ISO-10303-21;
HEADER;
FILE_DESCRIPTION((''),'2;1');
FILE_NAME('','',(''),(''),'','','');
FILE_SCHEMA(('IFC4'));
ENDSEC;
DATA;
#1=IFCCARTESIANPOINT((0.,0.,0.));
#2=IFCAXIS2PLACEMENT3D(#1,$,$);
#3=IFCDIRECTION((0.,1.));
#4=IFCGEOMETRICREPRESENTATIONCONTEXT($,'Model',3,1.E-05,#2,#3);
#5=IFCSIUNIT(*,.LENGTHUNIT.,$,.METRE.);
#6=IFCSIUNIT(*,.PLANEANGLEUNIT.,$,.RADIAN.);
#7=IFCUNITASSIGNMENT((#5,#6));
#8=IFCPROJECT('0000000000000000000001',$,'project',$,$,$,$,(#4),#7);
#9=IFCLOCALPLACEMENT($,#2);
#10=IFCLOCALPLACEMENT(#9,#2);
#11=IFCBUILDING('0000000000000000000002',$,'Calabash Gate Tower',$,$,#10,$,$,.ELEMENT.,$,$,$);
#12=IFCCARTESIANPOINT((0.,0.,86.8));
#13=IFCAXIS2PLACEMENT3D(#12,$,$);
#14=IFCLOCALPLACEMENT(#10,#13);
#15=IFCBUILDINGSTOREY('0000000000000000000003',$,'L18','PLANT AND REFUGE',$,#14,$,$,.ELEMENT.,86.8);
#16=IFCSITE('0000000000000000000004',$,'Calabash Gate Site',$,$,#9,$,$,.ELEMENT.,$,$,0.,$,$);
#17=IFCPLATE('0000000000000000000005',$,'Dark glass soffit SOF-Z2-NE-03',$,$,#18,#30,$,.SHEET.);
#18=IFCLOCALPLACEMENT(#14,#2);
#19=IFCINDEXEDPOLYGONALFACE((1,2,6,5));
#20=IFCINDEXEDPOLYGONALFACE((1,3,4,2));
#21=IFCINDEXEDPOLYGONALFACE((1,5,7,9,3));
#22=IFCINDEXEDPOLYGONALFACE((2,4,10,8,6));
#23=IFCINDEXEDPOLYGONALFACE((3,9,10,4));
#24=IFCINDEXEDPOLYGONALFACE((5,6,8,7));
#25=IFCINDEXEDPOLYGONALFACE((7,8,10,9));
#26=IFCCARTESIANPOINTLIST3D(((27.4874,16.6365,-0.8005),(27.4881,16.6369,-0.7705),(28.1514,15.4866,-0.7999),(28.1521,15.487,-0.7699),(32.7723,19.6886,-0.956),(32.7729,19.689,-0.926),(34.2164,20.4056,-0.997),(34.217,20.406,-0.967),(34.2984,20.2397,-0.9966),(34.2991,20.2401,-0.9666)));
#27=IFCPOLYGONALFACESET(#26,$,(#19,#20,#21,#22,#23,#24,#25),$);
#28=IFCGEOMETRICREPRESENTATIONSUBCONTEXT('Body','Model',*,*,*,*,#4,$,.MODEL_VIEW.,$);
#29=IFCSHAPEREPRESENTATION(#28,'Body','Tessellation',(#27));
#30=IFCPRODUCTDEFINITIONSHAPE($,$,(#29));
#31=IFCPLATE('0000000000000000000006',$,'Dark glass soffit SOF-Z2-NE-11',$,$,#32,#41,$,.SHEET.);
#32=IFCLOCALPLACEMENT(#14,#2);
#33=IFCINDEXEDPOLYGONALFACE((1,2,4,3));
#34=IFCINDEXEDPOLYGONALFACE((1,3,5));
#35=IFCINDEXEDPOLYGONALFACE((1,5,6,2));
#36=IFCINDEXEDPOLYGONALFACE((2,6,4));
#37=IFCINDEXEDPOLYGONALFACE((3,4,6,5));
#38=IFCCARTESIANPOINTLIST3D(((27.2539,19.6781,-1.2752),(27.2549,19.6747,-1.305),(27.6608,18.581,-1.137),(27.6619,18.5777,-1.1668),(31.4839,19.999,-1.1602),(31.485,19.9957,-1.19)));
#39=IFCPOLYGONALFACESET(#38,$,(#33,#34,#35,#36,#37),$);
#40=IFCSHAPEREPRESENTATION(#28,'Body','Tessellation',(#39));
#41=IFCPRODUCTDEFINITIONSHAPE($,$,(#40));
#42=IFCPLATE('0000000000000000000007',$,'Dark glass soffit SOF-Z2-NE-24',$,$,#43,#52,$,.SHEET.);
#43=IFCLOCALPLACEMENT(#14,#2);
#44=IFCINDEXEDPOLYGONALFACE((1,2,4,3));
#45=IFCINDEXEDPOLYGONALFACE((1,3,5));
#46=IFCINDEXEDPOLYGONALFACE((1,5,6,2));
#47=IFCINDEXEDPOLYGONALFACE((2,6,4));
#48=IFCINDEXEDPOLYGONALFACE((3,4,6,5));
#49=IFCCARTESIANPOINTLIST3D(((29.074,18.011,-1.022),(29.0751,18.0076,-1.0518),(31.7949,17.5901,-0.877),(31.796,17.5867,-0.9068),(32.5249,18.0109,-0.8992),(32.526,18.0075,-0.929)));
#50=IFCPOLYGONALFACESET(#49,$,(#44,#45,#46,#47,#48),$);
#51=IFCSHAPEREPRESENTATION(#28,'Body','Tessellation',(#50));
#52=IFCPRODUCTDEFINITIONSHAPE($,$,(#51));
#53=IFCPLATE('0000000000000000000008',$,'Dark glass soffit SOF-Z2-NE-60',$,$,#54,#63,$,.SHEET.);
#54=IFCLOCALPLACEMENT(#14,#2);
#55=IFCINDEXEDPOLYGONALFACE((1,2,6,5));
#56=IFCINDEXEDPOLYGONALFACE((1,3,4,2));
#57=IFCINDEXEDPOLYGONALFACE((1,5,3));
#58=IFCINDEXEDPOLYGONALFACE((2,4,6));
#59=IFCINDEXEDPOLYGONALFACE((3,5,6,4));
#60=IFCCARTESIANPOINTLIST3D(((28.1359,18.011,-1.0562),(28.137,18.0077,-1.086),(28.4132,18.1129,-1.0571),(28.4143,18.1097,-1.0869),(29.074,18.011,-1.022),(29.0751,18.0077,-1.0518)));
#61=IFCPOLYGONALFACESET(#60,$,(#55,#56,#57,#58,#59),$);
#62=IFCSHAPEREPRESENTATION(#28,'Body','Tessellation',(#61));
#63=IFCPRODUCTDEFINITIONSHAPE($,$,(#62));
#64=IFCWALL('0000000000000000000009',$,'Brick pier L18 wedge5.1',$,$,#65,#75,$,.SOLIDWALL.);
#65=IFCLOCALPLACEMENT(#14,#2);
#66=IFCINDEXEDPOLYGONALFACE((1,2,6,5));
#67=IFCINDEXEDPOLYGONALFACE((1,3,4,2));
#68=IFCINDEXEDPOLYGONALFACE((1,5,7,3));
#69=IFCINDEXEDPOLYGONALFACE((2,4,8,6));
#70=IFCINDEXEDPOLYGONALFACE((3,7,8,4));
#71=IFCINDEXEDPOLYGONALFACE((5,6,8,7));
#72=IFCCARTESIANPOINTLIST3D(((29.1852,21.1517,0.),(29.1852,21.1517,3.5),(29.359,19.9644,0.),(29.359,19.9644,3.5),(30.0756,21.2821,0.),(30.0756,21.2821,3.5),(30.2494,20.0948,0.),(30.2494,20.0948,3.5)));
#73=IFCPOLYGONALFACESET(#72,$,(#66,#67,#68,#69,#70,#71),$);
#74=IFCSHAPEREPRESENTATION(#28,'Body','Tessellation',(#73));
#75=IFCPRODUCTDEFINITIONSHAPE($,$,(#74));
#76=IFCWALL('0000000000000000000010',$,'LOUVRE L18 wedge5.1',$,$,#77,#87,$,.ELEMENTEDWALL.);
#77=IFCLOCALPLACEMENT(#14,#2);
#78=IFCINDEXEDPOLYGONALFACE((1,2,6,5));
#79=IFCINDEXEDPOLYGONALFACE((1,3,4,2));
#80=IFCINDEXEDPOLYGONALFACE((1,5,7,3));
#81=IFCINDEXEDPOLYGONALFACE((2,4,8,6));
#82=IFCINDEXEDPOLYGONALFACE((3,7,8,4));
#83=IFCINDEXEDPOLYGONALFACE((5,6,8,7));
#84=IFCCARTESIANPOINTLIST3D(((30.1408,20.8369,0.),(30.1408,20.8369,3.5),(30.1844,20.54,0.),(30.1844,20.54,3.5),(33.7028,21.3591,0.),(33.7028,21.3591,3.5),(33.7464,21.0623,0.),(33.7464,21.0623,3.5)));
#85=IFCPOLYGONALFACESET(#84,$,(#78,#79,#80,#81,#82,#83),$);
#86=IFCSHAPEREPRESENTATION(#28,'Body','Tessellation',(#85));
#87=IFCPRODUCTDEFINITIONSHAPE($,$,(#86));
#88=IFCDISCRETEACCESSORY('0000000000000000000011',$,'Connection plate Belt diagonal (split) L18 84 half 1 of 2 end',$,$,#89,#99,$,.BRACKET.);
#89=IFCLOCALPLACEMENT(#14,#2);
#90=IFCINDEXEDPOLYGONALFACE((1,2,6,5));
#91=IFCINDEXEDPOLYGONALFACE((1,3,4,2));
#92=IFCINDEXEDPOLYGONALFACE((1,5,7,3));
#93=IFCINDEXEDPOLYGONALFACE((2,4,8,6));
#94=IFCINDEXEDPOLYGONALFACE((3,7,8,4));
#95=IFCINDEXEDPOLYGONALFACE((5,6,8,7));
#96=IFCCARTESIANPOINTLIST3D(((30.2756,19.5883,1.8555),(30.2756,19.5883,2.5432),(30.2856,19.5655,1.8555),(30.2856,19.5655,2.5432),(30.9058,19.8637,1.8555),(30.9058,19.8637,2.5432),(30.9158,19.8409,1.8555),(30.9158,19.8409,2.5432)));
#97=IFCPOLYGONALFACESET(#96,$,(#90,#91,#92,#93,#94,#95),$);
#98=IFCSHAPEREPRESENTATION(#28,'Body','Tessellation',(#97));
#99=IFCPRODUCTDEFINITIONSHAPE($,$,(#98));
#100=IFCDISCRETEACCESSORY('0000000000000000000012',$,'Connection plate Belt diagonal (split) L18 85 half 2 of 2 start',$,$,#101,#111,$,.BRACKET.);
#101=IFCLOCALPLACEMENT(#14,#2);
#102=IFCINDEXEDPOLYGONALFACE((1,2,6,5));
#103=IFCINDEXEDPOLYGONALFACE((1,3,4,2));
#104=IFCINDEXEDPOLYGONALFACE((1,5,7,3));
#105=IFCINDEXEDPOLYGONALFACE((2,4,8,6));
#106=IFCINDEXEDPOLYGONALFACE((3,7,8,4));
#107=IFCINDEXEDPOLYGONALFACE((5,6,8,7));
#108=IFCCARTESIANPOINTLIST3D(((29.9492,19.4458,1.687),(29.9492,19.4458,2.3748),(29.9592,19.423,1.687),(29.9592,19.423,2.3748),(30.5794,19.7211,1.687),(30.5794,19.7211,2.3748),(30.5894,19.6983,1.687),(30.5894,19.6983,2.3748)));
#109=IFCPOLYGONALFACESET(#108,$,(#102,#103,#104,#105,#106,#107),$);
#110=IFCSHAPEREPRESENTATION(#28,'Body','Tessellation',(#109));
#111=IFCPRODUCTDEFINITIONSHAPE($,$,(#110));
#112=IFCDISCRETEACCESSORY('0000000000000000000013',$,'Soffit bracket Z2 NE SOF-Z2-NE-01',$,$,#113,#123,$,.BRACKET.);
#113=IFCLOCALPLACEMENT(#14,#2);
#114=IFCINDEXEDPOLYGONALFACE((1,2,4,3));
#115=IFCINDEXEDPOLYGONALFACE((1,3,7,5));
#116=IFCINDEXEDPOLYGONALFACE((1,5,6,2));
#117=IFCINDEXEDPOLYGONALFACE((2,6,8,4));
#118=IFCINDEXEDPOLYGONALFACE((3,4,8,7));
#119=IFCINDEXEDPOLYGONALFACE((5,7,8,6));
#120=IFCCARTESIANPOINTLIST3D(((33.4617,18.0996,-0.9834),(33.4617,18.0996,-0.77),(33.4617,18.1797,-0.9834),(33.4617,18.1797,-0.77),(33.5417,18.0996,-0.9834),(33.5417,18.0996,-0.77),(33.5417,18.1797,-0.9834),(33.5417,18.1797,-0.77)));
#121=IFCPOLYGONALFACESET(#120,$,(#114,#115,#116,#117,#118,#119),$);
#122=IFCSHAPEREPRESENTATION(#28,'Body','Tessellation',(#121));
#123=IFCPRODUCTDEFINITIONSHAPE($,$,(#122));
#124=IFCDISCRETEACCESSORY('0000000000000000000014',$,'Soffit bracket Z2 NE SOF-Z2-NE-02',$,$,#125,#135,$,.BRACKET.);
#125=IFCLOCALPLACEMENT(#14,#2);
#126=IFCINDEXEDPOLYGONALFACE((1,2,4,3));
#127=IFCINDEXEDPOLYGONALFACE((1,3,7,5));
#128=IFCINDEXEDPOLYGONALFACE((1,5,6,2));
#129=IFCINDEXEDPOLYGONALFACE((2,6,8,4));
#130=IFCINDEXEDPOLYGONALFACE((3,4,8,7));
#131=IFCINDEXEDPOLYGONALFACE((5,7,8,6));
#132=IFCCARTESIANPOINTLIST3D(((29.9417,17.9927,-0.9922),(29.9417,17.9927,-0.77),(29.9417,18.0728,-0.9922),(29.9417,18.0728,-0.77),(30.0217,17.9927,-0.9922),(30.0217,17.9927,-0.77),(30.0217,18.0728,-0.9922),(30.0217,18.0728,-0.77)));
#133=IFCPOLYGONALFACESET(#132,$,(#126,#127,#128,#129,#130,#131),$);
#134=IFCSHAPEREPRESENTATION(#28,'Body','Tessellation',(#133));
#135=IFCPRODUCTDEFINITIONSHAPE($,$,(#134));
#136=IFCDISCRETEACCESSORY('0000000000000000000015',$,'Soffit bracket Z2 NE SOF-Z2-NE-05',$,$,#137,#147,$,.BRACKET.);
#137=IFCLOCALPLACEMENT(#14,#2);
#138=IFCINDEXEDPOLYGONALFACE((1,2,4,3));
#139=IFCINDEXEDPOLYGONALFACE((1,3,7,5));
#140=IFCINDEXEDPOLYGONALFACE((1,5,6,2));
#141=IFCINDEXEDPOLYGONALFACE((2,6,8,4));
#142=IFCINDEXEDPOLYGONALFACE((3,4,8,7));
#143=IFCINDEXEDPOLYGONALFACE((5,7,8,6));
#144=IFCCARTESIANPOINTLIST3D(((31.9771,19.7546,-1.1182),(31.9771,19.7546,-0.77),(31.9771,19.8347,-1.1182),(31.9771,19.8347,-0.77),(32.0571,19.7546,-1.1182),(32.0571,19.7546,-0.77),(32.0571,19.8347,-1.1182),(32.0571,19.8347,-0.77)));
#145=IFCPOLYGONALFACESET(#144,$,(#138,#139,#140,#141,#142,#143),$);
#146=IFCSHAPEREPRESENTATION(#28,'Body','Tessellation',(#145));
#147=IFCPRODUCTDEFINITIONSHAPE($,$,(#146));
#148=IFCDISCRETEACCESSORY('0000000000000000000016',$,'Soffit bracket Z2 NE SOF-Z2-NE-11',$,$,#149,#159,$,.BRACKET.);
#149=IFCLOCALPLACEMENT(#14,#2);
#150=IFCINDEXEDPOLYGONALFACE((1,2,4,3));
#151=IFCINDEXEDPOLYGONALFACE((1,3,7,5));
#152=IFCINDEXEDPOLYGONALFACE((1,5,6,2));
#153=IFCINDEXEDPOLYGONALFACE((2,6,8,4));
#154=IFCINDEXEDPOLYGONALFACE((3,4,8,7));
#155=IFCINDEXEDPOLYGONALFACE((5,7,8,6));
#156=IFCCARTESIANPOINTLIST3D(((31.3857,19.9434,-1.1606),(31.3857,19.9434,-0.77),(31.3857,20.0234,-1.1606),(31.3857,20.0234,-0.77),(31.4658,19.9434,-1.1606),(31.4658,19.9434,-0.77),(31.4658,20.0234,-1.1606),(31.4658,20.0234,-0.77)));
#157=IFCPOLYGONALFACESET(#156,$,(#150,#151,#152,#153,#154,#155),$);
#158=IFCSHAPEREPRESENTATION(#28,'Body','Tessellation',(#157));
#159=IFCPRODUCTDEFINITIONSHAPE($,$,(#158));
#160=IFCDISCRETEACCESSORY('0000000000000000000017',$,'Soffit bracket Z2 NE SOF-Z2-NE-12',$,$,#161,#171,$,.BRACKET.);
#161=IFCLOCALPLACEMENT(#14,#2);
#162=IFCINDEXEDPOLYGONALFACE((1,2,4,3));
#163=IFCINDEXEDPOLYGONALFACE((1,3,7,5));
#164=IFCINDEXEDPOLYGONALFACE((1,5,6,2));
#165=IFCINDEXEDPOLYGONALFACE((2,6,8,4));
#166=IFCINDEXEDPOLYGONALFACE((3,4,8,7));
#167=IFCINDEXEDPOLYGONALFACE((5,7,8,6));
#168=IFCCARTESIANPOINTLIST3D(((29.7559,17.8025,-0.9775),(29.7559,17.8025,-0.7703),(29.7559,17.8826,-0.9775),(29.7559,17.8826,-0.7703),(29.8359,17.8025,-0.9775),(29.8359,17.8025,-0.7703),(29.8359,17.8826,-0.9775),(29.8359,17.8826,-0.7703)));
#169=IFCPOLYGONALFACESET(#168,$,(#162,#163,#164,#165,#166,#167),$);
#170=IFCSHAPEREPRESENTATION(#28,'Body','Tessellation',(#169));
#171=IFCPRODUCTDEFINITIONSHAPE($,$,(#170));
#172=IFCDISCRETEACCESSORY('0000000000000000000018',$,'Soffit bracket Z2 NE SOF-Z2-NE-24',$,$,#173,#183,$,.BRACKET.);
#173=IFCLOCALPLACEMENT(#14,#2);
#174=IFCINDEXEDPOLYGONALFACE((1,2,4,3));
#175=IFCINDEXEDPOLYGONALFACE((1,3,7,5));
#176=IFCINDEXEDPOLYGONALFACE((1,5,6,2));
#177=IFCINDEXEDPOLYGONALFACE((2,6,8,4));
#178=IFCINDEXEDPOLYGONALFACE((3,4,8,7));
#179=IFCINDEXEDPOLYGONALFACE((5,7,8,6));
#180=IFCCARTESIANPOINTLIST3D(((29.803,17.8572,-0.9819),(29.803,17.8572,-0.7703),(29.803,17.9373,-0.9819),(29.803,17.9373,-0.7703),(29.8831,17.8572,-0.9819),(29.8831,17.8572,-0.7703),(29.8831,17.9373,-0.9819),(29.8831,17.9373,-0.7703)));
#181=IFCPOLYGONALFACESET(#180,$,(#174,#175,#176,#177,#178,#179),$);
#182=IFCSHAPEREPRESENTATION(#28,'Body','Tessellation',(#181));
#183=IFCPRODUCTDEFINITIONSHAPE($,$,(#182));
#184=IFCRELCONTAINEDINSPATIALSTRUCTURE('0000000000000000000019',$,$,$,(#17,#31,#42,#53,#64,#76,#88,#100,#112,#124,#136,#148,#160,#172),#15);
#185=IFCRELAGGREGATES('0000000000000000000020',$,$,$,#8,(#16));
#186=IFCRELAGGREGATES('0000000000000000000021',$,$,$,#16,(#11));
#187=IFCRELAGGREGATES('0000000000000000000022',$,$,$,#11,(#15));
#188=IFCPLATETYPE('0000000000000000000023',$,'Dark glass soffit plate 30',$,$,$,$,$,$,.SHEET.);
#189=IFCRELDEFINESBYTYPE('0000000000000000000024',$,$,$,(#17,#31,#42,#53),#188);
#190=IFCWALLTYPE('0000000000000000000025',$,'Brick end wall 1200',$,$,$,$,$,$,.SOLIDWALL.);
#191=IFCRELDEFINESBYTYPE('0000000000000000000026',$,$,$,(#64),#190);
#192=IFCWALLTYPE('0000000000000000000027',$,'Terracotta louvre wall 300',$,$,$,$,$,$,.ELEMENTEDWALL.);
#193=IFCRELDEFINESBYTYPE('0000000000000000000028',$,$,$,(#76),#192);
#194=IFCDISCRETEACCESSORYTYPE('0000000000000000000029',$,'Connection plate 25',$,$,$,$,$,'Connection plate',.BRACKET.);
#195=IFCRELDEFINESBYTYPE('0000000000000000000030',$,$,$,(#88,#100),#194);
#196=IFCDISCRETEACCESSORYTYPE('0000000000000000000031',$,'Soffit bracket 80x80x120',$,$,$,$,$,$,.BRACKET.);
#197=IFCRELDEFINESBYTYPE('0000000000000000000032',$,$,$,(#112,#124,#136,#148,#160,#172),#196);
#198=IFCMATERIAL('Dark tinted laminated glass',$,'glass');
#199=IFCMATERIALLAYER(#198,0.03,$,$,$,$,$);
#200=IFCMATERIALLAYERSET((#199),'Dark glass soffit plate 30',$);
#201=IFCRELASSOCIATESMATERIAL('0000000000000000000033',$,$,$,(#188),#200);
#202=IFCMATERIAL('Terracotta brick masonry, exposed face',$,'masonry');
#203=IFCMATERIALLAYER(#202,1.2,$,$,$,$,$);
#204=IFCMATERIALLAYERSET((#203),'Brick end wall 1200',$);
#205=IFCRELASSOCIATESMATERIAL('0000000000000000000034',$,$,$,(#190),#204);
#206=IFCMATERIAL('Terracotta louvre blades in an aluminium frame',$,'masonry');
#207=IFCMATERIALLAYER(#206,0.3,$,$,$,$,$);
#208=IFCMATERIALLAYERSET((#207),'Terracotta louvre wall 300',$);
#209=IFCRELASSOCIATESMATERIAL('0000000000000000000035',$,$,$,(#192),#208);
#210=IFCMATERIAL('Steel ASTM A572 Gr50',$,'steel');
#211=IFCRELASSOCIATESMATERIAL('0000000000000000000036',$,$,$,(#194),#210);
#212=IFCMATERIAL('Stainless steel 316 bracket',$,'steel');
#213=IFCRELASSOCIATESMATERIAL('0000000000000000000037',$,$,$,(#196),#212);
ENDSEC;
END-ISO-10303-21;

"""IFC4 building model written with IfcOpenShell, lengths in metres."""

from ifc_helpers import new_model, si_unit, direction, frame, frame_2d, origin, origin_2d, place, context, subcontext, project, spatial, polyline, rectangle, outline, extrude, material, layer, layer_set, type_object, element, save


model = new_model("IFC4")

# Units and contexts
model_context = context("Model", 3, precision=1e-05, world=origin(), true_north=direction((0.0, 1.0)))
body_context = subcontext(model_context, "Body", "Model", "MODEL_VIEW")
ifc_project = project(units=[si_unit("LENGTHUNIT", "METRE"), si_unit("PLANEANGLEUNIT", "RADIAN")], contexts=[model_context])

# Site, building, storey
site_placement = place(None, origin())
site = spatial("IfcSite", under=ifc_project, at=site_placement, Name="Calabash Gate Site", CompositionType="ELEMENT", RefElevation=0.0)
building_placement = place(site_placement, origin())
building = spatial("IfcBuilding", under=site, at=building_placement, Name="Calabash Gate Tower", CompositionType="ELEMENT")
storey_placement = place(building_placement, frame((0.0, 0.0, 86.8)))
storey = spatial("IfcBuildingStorey", under=building, at=storey_placement, Name="L18", Description="PLANT AND REFUGE", CompositionType="ELEMENT", Elevation=86.8)

# Plates
ifc_material_1 = material(Name="Dark tinted laminated glass", Category="glass")
ifc_layer_1 = layer(ifc_material_1, 0.03)
ifc_layer_set_1 = layer_set([ifc_layer_1], Name="Dark glass soffit plate 30")
plate_type = type_object("IfcPlateType", Name="Dark glass soffit plate 30", PredefinedType="SHEET", material=ifc_layer_set_1)
plate_1_placement = place(storey_placement, frame((32.7729, 19.689, -0.926), z_axis=(0.021819, 0.013154, 0.999675), x_axis=(0.895377, 0.444585, -0.025393)))
element("IfcPlate", 1, at=plate_1_placement, inside=storey, type_object=plate_type, Name="Dark glass soffit SOF-Z2-NE-03", PredefinedType="SHEET", context=body_context, shape_type="SweptSolid", body=[
    extrude(outline(polyline([(0.0, 0.0), (1.6128, 0.0), (1.6125, -0.1851), (-6.0095, -1.7085), (-6.0928, -0.3833), (0.0, 0.0)])), origin(), (0.0, 0.0, -1.0), 0.03),
])
plate_2_placement = place(storey_placement, frame((31.4839, 19.999, -1.1602), z_axis=(-0.035492, 0.111934, 0.993082), x_axis=(-0.93757, -0.347749, 0.005688)))
element("IfcPlate", 2, at=plate_2_placement, inside=storey, type_object=plate_type, Name="Dark glass soffit SOF-Z2-NE-11", PredefinedType="SHEET", context=body_context, shape_type="SweptSolid", body=[
    extrude(outline(polyline([(0.0, 0.0), (4.0776, 0.0), (4.0769, -1.1782), (0.0, 0.0)])), origin(), (0.0, 0.0, -1.0), 0.03),
])
plate_3_placement = place(storey_placement, frame((31.7949, 17.5901, -0.877), z_axis=(-0.035332, 0.113687, 0.992888), x_axis=(-0.986878, 0.152658, -0.052598)))
element("IfcPlate", 3, at=plate_3_placement, inside=storey, type_object=plate_type, Name="Dark glass soffit SOF-Z2-NE-24", PredefinedType="SHEET", context=body_context, shape_type="SweptSolid", body=[
    extrude(outline(polyline([(0.0, 0.0), (2.7571, 0.0), (-0.655, -0.5305), (0.0, 0.0)])), origin(), (0.0, 0.0, -1.0), 0.03),
])
plate_4_placement = place(storey_placement, frame((29.074, 18.011, -1.022), z_axis=(-0.036203, 0.10781, 0.993512), x_axis=(-0.999337, 0.0, -0.036415)))
element("IfcPlate", 4, at=plate_4_placement, inside=storey, type_object=plate_type, Name="Dark glass soffit SOF-Z2-NE-60", PredefinedType="SHEET", context=body_context, shape_type="SweptSolid", body=[
    extrude(outline(polyline([(0.0, 0.0), (0.9387, 0.0), (0.6616, -0.1025), (0.0, 0.0)])), origin(), (0.0, 0.0, -1.0), 0.03),
])

# Walls
ifc_material_2 = material(Name="Terracotta brick masonry, exposed face", Category="masonry")
ifc_layer_2 = layer(ifc_material_2, 1.2)
ifc_layer_set_2 = layer_set([ifc_layer_2], Name="Brick end wall 1200")
wall_type_1 = type_object("IfcWallType", Name="Brick end wall 1200", PredefinedType="SOLIDWALL", material=ifc_layer_set_2)
wall_1_placement = place(storey_placement, frame((29.6304, 21.217, 0.0), z_axis=(0.0, 0.0, 1.0), x_axis=(0.144867, -0.989451, 0.0)))
element("IfcWall", 5, at=wall_1_placement, inside=storey, type_object=wall_type_1, Name="Brick pier L18 wedge5.1", PredefinedType="SOLIDWALL", context=body_context, shape_type="SweptSolid", body=[
    extrude(rectangle(XDim=1.2, YDim=0.8999, at=frame_2d((0.6001, 0.0))), origin(), (0.0, 0.0, 1.0), 3.5),
])
ifc_material_3 = material(Name="Terracotta louvre blades in an aluminium frame", Category="masonry")
ifc_layer_3 = layer(ifc_material_3, 0.3)
ifc_layer_set_3 = layer_set([ifc_layer_3], Name="Terracotta louvre wall 300")
wall_type_2 = type_object("IfcWallType", Name="Terracotta louvre wall 300", PredefinedType="ELEMENTEDWALL", material=ifc_layer_set_3)
wall_2_placement = place(storey_placement, frame((33.7246, 21.2107, 0.0), z_axis=(0.0, 0.0, 1.0), x_axis=(-0.989423, -0.145057, 0.0)))
element("IfcWall", 6, at=wall_2_placement, inside=storey, type_object=wall_type_2, Name="LOUVRE L18 wedge5.1", PredefinedType="ELEMENTEDWALL", context=body_context, shape_type="SweptSolid", body=[
    extrude(rectangle(XDim=3.6001, YDim=0.3, at=frame_2d((1.8, 0.0))), origin(), (0.0, 0.0, 1.0), 3.5),
])

# Discrete accessories
ifc_material_4 = material(Name="Steel ASTM A572 Gr50", Category="steel")
discrete_accessory_type_1 = type_object("IfcDiscreteAccessoryType", Name="Connection plate 25", ElementType="Connection plate", PredefinedType="BRACKET", material=ifc_material_4)
for number, where, z_axis, x_axis, name in (
    (7, (30.5957, 19.7146, 1.8555), (0.0, 0.0, 1.0), (-0.916372, -0.400327, 0.0), "Connection plate Belt diagonal (split) L18 84 half 1 of 2 end"),
    (8, (30.2693, 19.572, 1.687), (0.0, 0.0, 1.0), (-0.916372, -0.400327, 0.0), "Connection plate Belt diagonal (split) L18 85 half 2 of 2 start"),
):
    element("IfcDiscreteAccessory", number, at=place(storey_placement, frame(where, z_axis=z_axis, x_axis=x_axis)), inside=storey, type_object=discrete_accessory_type_1, Name=name, PredefinedType="BRACKET", context=body_context, shape_type="SweptSolid", body=[
        extrude(rectangle(XDim=0.6877, YDim=0.0249, at=origin_2d()), origin(), (0.0, 0.0, 1.0), 0.6877),
    ])
ifc_material_5 = material(Name="Stainless steel 316 bracket", Category="steel")
discrete_accessory_type_2 = type_object("IfcDiscreteAccessoryType", Name="Soffit bracket 80x80x120", PredefinedType="BRACKET", material=ifc_material_5)
discrete_accessory_1_placement = place(storey_placement, frame((33.5017, 18.1396, -0.9834), z_axis=(0.0, 0.0, 1.0), x_axis=(1.0, 0.0, 0.0)))
element("IfcDiscreteAccessory", 9, at=discrete_accessory_1_placement, inside=storey, type_object=discrete_accessory_type_2, Name="Soffit bracket Z2 NE SOF-Z2-NE-01", PredefinedType="BRACKET", context=body_context, shape_type="SweptSolid", body=[
    extrude(rectangle(XDim=0.0801, YDim=0.0801, at=origin_2d()), origin(), (0.0, 0.0, 1.0), 0.2134),
])
discrete_accessory_2_placement = place(storey_placement, frame((29.9817, 18.0327, -0.9922), z_axis=(0.0, 0.0, 1.0), x_axis=(1.0, 0.0, 0.0)))
element("IfcDiscreteAccessory", 10, at=discrete_accessory_2_placement, inside=storey, type_object=discrete_accessory_type_2, Name="Soffit bracket Z2 NE SOF-Z2-NE-02", PredefinedType="BRACKET", context=body_context, shape_type="SweptSolid", body=[
    extrude(rectangle(XDim=0.0801, YDim=0.0801, at=origin_2d()), origin(), (0.0, 0.0, 1.0), 0.2222),
])
discrete_accessory_3_placement = place(storey_placement, frame((32.0171, 19.7947, -1.1182), z_axis=(0.0, 0.0, 1.0), x_axis=(1.0, 0.0, 0.0)))
element("IfcDiscreteAccessory", 11, at=discrete_accessory_3_placement, inside=storey, type_object=discrete_accessory_type_2, Name="Soffit bracket Z2 NE SOF-Z2-NE-05", PredefinedType="BRACKET", context=body_context, shape_type="SweptSolid", body=[
    extrude(rectangle(XDim=0.0801, YDim=0.0801, at=origin_2d()), origin(), (0.0, 0.0, 1.0), 0.3481),
])
discrete_accessory_4_placement = place(storey_placement, frame((31.4258, 19.9834, -1.1606), z_axis=(0.0, 0.0, 1.0), x_axis=(1.0, 0.0, 0.0)))
element("IfcDiscreteAccessory", 12, at=discrete_accessory_4_placement, inside=storey, type_object=discrete_accessory_type_2, Name="Soffit bracket Z2 NE SOF-Z2-NE-11", PredefinedType="BRACKET", context=body_context, shape_type="SweptSolid", body=[
    extrude(rectangle(XDim=0.0801, YDim=0.0801, at=origin_2d()), origin(), (0.0, 0.0, 1.0), 0.3906),
])
discrete_accessory_5_placement = place(storey_placement, frame((29.7959, 17.8425, -0.9775), z_axis=(0.0, 0.0, 1.0), x_axis=(1.0, 0.0, 0.0)))
element("IfcDiscreteAccessory", 13, at=discrete_accessory_5_placement, inside=storey, type_object=discrete_accessory_type_2, Name="Soffit bracket Z2 NE SOF-Z2-NE-12", PredefinedType="BRACKET", context=body_context, shape_type="SweptSolid", body=[
    extrude(rectangle(XDim=0.0801, YDim=0.0801, at=origin_2d()), origin(), (0.0, 0.0, 1.0), 0.2073),
])
discrete_accessory_6_placement = place(storey_placement, frame((29.843, 17.8972, -0.9819), z_axis=(0.0, 0.0, 1.0), x_axis=(1.0, 0.0, 0.0)))
element("IfcDiscreteAccessory", 14, at=discrete_accessory_6_placement, inside=storey, type_object=discrete_accessory_type_2, Name="Soffit bracket Z2 NE SOF-Z2-NE-24", PredefinedType="BRACKET", context=body_context, shape_type="SweptSolid", body=[
    extrude(rectangle(XDim=0.0801, YDim=0.0801, at=origin_2d()), origin(), (0.0, 0.0, 1.0), 0.2117),
])

save(model, "model.ifc")
